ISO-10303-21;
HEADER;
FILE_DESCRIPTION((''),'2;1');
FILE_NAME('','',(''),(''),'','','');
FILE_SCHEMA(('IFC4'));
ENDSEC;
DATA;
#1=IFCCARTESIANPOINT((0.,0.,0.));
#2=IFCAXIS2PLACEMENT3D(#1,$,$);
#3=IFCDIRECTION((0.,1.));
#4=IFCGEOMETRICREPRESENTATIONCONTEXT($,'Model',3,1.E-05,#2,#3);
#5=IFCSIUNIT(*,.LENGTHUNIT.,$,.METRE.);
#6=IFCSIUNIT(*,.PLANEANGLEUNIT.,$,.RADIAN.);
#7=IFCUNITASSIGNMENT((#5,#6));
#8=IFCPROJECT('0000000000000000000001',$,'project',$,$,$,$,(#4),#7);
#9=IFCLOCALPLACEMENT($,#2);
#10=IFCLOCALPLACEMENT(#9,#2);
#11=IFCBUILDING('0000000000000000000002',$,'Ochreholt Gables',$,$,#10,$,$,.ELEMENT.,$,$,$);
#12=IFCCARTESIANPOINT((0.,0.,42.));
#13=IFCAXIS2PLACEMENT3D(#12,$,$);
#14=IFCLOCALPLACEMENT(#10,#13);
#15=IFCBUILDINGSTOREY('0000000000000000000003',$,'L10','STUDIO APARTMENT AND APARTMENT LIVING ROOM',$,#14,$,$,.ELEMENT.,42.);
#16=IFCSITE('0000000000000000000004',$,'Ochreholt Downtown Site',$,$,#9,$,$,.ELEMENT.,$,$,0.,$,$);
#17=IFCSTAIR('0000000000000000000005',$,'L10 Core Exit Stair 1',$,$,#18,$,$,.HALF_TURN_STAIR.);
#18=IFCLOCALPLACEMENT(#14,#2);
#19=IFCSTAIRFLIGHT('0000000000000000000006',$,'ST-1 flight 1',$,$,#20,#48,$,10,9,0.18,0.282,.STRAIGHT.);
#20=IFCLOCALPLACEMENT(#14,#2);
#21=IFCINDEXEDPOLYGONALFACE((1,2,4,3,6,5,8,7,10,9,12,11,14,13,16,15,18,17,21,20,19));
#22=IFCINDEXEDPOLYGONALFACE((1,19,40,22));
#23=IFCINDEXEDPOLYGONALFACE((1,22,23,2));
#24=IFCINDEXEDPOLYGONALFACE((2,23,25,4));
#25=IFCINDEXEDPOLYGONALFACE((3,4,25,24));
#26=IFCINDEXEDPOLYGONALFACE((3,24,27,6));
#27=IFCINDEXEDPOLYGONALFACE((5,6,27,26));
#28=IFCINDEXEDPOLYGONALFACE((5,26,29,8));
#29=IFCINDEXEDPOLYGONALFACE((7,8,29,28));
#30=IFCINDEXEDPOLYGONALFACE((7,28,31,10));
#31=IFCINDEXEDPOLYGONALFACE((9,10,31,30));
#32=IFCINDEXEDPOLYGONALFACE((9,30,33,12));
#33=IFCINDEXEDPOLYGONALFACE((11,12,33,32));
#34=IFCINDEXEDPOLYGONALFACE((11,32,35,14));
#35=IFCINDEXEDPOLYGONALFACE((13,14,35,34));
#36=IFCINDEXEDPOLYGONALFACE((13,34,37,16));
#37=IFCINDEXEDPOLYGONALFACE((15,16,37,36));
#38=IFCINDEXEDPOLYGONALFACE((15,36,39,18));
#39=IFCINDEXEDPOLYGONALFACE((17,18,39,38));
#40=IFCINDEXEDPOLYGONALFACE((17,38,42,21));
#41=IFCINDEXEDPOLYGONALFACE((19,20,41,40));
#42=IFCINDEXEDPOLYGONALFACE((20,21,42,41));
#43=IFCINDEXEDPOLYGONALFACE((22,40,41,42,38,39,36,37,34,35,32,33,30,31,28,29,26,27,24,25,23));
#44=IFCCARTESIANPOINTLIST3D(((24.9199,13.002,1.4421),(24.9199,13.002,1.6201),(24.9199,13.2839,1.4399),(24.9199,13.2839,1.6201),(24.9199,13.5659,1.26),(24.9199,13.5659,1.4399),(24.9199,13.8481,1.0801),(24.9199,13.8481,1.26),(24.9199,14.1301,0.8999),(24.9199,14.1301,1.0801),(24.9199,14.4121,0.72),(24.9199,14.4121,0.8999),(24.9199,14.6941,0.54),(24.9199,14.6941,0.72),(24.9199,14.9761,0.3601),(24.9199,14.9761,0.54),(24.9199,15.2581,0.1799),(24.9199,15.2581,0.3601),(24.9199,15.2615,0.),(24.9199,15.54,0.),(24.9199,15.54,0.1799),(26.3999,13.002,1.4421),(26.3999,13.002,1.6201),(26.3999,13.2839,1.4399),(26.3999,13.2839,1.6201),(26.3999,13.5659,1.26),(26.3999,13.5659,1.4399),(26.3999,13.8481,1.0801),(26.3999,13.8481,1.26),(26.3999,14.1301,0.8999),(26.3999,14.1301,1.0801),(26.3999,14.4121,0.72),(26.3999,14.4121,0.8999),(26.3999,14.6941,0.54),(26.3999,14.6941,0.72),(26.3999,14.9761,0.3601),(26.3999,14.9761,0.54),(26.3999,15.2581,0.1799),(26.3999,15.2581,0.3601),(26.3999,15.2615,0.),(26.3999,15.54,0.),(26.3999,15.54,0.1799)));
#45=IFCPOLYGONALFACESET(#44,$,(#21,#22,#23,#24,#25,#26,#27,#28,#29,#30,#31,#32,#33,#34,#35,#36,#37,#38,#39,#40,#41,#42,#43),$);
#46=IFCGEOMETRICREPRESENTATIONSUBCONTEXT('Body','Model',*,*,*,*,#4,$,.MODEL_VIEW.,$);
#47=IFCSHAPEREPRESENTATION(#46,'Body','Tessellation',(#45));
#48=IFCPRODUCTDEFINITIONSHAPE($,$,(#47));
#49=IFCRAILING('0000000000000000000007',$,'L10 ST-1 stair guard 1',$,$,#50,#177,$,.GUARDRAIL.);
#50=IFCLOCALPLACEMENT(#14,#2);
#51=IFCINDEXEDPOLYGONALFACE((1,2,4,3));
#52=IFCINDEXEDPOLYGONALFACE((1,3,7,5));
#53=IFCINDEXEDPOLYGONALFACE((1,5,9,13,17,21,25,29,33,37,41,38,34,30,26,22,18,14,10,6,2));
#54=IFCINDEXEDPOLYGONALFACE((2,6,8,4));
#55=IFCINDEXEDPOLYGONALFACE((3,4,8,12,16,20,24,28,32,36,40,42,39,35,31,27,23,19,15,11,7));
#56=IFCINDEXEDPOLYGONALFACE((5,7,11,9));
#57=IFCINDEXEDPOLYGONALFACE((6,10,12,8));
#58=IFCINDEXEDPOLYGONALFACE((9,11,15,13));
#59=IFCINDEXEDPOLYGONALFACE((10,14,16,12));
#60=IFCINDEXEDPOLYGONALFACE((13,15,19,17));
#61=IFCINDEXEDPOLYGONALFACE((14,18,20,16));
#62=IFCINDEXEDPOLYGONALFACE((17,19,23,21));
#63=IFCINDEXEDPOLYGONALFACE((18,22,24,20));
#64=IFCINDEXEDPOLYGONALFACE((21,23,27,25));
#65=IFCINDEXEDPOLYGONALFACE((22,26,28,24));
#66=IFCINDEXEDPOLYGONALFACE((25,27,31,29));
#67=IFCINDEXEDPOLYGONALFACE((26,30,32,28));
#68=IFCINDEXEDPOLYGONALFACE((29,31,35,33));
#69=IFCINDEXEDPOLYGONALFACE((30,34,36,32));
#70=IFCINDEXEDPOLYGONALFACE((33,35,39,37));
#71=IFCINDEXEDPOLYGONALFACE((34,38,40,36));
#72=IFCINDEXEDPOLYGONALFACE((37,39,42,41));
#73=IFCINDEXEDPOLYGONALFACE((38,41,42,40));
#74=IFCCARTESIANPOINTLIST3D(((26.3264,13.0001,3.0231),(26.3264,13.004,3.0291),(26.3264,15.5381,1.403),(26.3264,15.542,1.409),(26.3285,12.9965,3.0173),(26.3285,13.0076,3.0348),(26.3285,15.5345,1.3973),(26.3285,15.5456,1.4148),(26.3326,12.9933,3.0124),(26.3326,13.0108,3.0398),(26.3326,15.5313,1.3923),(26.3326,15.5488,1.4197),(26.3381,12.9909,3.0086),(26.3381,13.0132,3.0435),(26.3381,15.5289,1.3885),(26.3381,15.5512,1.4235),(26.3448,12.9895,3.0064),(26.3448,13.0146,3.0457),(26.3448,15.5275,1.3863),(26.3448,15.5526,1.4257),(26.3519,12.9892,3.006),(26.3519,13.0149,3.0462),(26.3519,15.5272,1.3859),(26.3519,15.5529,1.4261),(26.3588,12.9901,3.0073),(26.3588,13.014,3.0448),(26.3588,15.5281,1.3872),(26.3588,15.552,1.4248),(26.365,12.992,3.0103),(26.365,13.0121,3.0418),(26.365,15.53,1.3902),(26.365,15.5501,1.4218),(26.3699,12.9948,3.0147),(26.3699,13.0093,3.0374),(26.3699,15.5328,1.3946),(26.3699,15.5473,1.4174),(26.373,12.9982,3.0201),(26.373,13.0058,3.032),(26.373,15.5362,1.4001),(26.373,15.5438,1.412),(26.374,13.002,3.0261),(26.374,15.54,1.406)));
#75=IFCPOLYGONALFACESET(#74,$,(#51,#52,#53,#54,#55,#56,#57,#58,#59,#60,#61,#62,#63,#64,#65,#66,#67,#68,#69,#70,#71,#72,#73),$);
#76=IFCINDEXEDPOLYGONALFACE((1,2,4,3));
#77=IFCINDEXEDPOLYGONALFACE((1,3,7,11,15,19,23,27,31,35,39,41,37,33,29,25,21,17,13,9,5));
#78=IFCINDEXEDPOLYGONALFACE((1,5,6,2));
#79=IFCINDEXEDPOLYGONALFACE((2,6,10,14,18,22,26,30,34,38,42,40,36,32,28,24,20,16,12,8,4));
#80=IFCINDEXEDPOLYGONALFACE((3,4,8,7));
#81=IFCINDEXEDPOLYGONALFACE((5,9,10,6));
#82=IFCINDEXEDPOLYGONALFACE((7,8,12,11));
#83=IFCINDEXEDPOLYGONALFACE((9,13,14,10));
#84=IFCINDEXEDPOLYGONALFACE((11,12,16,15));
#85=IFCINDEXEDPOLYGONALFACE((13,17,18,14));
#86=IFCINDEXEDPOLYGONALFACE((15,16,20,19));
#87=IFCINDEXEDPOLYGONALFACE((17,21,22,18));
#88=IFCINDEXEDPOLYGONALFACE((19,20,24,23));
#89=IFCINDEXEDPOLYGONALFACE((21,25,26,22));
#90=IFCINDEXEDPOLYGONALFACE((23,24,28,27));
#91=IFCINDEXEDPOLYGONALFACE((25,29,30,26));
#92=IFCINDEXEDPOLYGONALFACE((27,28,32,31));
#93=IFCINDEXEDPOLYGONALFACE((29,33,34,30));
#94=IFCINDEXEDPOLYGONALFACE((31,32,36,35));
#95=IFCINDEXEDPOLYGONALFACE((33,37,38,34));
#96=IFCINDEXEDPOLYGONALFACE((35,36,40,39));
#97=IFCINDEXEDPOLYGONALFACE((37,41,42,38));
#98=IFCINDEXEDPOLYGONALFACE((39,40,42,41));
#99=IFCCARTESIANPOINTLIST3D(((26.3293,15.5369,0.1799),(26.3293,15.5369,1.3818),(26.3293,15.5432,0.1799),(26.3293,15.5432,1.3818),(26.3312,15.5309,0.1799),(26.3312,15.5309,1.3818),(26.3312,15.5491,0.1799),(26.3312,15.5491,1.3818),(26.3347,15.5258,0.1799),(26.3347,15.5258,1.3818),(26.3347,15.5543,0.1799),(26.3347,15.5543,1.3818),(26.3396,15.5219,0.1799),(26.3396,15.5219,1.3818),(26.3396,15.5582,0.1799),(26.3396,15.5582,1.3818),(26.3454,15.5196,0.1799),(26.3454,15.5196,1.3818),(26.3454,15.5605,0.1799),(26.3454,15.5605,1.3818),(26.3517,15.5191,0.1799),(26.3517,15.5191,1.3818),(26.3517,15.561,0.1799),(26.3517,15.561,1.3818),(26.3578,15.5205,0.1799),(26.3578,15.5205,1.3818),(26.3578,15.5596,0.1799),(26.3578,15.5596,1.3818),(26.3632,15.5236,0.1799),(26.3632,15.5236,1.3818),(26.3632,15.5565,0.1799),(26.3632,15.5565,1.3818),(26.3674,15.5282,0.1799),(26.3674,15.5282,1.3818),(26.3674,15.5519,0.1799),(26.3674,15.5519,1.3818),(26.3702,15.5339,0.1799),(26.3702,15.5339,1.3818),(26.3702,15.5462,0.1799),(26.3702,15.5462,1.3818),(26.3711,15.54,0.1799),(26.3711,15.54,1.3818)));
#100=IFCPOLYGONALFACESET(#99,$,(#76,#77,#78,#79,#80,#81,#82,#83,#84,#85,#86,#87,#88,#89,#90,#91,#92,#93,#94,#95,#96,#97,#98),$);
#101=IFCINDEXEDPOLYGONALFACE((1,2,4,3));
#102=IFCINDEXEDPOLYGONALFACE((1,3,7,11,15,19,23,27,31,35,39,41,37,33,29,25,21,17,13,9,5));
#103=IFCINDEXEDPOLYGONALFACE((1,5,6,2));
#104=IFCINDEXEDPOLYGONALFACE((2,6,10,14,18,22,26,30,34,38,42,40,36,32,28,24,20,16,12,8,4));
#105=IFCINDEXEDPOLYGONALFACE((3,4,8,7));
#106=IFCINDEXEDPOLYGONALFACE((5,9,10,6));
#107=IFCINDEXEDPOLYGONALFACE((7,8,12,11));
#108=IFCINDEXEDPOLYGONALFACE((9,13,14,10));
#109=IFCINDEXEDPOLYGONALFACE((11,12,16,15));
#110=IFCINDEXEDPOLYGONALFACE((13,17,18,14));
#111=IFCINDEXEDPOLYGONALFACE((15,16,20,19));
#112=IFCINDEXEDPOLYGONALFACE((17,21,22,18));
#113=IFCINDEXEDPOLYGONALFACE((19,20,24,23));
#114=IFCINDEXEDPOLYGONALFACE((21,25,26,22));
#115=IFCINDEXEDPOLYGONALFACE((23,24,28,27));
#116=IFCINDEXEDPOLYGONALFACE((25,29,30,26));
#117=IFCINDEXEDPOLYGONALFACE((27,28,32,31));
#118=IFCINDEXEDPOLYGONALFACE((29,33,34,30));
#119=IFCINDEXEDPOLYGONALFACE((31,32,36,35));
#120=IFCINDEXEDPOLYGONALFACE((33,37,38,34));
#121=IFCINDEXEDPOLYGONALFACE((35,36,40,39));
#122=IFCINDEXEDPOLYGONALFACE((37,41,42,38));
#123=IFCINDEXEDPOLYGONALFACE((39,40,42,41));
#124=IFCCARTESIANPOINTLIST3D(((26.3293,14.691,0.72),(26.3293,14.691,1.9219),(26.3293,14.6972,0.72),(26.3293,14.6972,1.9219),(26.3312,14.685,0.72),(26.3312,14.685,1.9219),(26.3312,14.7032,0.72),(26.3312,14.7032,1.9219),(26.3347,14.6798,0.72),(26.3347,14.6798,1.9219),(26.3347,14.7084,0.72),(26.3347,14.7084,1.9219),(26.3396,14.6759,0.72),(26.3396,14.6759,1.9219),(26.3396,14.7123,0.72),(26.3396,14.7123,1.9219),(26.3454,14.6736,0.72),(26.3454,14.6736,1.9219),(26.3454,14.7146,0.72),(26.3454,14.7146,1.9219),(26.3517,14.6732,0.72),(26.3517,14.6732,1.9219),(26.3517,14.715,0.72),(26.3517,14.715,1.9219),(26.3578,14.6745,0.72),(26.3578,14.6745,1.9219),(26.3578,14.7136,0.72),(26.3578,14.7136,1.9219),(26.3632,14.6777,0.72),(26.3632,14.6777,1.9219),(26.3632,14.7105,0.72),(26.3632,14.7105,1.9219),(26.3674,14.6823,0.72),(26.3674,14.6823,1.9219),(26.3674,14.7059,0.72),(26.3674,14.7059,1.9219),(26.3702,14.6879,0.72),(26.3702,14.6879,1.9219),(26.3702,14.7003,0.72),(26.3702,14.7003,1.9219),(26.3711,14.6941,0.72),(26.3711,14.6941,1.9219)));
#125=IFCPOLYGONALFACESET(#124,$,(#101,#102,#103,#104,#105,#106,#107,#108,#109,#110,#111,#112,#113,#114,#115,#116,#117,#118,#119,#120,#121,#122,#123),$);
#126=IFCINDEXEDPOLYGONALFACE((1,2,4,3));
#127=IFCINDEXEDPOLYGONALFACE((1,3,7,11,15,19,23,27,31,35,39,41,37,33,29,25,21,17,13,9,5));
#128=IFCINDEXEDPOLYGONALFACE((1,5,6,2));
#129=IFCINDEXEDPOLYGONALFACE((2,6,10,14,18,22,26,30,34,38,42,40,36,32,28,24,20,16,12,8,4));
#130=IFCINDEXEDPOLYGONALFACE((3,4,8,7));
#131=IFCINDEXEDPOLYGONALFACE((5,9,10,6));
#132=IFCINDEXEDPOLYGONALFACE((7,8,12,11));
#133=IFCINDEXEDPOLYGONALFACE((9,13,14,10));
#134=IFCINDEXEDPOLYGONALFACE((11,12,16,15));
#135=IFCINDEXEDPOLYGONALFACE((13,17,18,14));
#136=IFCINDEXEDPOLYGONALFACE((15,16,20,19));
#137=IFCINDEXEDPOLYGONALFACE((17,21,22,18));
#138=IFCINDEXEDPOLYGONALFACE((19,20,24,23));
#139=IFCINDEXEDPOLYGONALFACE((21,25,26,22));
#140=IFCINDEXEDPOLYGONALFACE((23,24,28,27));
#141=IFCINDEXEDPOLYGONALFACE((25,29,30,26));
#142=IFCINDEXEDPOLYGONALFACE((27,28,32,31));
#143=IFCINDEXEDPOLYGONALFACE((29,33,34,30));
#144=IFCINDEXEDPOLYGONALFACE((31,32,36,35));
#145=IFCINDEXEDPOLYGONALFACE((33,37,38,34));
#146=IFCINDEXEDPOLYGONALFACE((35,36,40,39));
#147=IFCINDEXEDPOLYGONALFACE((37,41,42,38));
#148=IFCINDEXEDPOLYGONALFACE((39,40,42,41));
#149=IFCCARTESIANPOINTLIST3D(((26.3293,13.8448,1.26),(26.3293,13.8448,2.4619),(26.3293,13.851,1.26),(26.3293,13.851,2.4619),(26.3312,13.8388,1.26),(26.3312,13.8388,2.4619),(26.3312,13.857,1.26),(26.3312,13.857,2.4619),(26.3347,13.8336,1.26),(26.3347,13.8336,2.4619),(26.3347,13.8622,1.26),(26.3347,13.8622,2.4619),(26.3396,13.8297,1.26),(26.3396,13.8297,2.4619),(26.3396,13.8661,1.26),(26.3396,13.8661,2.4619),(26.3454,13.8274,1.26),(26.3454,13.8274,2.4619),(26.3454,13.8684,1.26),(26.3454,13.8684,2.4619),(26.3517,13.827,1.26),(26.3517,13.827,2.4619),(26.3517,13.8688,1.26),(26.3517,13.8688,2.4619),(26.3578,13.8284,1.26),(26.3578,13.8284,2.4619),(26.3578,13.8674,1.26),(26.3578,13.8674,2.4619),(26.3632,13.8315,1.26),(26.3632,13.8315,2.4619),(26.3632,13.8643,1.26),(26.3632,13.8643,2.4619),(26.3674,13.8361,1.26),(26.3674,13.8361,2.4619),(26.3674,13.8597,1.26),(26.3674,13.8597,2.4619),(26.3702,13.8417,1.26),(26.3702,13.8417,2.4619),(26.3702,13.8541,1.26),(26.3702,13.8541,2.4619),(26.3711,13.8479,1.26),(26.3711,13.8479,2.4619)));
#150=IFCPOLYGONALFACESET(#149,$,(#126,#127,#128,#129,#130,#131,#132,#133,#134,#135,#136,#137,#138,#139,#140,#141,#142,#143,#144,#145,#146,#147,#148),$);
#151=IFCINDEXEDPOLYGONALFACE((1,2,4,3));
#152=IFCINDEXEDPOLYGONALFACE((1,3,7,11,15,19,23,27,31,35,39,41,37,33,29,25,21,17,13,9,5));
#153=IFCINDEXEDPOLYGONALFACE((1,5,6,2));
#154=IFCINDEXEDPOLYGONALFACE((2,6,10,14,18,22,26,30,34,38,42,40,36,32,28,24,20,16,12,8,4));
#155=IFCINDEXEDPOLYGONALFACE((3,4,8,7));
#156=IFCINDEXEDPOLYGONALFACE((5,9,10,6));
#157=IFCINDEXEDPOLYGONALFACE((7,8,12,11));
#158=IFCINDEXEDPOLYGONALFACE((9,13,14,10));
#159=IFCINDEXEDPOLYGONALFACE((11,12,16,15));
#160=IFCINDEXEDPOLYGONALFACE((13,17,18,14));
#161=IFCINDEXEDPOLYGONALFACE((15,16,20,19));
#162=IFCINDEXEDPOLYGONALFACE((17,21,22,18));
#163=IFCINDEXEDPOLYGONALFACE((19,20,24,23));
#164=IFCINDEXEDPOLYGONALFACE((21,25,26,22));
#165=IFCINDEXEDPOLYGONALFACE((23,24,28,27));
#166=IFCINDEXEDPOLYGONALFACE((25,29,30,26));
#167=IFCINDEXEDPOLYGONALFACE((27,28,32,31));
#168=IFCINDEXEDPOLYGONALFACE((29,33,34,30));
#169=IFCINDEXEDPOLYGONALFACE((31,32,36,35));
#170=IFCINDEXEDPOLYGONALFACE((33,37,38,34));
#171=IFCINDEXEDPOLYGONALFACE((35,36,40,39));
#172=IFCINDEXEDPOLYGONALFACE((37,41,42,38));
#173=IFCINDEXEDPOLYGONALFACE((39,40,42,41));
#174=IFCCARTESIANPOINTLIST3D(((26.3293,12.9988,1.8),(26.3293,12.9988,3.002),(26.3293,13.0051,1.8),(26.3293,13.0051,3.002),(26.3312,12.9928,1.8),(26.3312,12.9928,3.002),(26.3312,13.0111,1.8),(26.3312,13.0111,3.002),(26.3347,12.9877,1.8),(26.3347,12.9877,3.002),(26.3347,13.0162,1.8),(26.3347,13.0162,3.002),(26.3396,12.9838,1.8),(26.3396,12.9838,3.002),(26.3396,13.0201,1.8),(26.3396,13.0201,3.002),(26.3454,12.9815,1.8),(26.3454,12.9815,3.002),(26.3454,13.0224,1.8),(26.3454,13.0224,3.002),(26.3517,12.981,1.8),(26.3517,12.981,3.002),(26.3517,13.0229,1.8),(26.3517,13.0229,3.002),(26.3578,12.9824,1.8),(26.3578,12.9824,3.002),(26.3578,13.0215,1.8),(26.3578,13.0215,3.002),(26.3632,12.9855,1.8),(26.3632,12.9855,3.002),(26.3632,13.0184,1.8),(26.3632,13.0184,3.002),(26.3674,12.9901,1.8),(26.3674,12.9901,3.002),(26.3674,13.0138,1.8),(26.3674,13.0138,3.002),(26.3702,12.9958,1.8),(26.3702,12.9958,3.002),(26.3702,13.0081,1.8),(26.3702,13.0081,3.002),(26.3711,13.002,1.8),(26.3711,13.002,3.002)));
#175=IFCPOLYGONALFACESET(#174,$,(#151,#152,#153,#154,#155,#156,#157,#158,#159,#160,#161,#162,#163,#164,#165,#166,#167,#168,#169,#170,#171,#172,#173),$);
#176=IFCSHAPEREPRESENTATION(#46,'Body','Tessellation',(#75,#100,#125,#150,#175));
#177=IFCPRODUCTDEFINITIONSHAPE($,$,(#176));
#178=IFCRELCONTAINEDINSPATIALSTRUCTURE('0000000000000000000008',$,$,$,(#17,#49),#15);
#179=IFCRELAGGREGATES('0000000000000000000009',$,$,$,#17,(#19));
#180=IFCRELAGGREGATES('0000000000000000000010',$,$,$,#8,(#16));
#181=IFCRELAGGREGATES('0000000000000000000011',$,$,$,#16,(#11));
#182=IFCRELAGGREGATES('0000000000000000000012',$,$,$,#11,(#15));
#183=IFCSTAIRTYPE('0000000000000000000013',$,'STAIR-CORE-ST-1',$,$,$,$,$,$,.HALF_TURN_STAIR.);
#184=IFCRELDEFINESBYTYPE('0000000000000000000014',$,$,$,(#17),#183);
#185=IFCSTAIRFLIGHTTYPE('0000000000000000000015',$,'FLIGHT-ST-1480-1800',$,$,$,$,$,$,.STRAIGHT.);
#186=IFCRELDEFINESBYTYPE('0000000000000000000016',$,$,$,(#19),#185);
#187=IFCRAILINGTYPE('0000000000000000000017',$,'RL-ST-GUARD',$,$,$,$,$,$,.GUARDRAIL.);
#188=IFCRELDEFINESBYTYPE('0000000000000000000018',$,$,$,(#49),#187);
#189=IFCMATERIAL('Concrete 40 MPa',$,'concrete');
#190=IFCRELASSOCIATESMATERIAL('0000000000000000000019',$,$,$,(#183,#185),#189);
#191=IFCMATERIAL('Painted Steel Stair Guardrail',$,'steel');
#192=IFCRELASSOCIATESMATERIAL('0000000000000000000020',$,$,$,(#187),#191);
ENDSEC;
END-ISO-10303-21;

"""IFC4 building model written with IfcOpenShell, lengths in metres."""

from ifc_helpers import new_model, si_unit, direction, frame, origin, origin_2d, place, context, subcontext, project, spatial, polyline, circle, outline, extrude, material, type_object, element, aggregate, save


model = new_model("IFC4")

# Units and contexts
model_context = context("Model", 3, precision=1e-05, world=origin(), true_north=direction((0.0, 1.0)))
body_context = subcontext(model_context, "Body", "Model", "MODEL_VIEW")
ifc_project = project(units=[si_unit("LENGTHUNIT", "METRE"), si_unit("PLANEANGLEUNIT", "RADIAN")], contexts=[model_context])

# Site, building, storey
site_placement = place(None, origin())
site = spatial("IfcSite", under=ifc_project, at=site_placement, Name="Ochreholt Downtown Site", CompositionType="ELEMENT", RefElevation=0.0)
building_placement = place(site_placement, origin())
building = spatial("IfcBuilding", under=site, at=building_placement, Name="Ochreholt Gables", CompositionType="ELEMENT")
storey_placement = place(building_placement, frame((0.0, 0.0, 42.0)))
storey = spatial("IfcBuildingStorey", under=building, at=storey_placement, Name="L10", Description="STUDIO APARTMENT AND APARTMENT LIVING ROOM", CompositionType="ELEMENT", Elevation=42.0)

# Shared definitions
ifc_material_1 = material(Name="Concrete 40 MPa", Category="concrete")

# Stair, stair flight
stair_type = type_object("IfcStairType", Name="STAIR-CORE-ST-1", PredefinedType="HALF_TURN_STAIR", material=ifc_material_1)
stair_placement = place(storey_placement, origin())
stair = element("IfcStair", 1, at=stair_placement, inside=storey, type_object=stair_type, Name="L10 Core Exit Stair 1", PredefinedType="HALF_TURN_STAIR")
stair_flight_type = type_object("IfcStairFlightType", Name="FLIGHT-ST-1480-1800", PredefinedType="STRAIGHT", material=ifc_material_1)
stair_flight_placement = place(storey_placement, frame((25.6599, 15.54, 0.0), z_axis=(0.0, 0.0, 1.0), x_axis=(0.0, -1.0, 0.0)))
stair_flight = element("IfcStairFlight", 2, at=stair_flight_placement, type_object=stair_flight_type, Name="ST-1 flight 1", NumberOfRisers=10, NumberOfTreads=9, PredefinedType="STRAIGHT", RiserHeight=0.18, TreadLength=0.282, context=body_context, shape_type="SweptSolid", body=[
    extrude(outline(polyline([(0.0, 0.0), (0.0, 0.1799), (0.282, 0.1799), (0.282, 0.3601), (0.564, 0.3601), (0.564, 0.54), (0.8459, 0.54), (0.8459, 0.72), (1.1279, 0.72), (1.1279, 0.8999), (1.4099, 0.8999), (1.4099, 1.0801), (1.6919, 1.0801), (1.6919, 1.26), (1.9741, 1.26), (1.9741, 1.4399), (2.2561, 1.4399), (2.2561, 1.6201), (2.5381, 1.6201), (2.5381, 1.8), (2.5381, 1.4421), (0.2786, 0.0), (0.0, 0.0)])), frame((0.0, 0.74, 0.0), z_axis=(0.0, -1.0, 0.0), x_axis=(1.0, 0.0, 0.0)), (0.0, 0.0, 1.0), 1.48),
])
aggregate(stair, [stair_flight])

# Railing
ifc_material_2 = material(Name="Painted Steel Stair Guardrail", Category="steel")
railing_type_1 = type_object("IfcRailingType", Name="RL-ST-GUARD", PredefinedType="GUARDRAIL", material=ifc_material_2)
railing_1_placement = place(storey_placement, frame((26.3501, 15.54, 0.1799)))
element("IfcRailing", 3, at=railing_1_placement, inside=storey, type_object=railing_type_1, Name="L10 ST-1 stair guard 1", PredefinedType="GUARDRAIL", context=body_context, shape_type="SweptSolid", body=[
    extrude(circle(Radius=0.0239, at=origin_2d()), frame((0.0, 0.0, 1.2261), z_axis=(0.0, -0.842913, 0.53805), x_axis=(1.0, 0.0, 0.0)), (0.0, 0.0, 1.0), 3.011),
    extrude(circle(Radius=0.021, at=origin_2d()), origin(), (0.0, 0.0, 1.0), 1.2019),
    extrude(circle(Radius=0.021, at=origin_2d()), frame((0.0, -0.8459, 0.54)), (0.0, 0.0, 1.0), 1.2019),
    extrude(circle(Radius=0.021, at=origin_2d()), frame((0.0, -1.6921, 1.0801)), (0.0, 0.0, 1.0), 1.2019),
    extrude(circle(Radius=0.021, at=origin_2d()), frame((0.0, -2.5381, 1.6201)), (0.0, 0.0, 1.0), 1.2019),
])

save(model, "model.ifc")
